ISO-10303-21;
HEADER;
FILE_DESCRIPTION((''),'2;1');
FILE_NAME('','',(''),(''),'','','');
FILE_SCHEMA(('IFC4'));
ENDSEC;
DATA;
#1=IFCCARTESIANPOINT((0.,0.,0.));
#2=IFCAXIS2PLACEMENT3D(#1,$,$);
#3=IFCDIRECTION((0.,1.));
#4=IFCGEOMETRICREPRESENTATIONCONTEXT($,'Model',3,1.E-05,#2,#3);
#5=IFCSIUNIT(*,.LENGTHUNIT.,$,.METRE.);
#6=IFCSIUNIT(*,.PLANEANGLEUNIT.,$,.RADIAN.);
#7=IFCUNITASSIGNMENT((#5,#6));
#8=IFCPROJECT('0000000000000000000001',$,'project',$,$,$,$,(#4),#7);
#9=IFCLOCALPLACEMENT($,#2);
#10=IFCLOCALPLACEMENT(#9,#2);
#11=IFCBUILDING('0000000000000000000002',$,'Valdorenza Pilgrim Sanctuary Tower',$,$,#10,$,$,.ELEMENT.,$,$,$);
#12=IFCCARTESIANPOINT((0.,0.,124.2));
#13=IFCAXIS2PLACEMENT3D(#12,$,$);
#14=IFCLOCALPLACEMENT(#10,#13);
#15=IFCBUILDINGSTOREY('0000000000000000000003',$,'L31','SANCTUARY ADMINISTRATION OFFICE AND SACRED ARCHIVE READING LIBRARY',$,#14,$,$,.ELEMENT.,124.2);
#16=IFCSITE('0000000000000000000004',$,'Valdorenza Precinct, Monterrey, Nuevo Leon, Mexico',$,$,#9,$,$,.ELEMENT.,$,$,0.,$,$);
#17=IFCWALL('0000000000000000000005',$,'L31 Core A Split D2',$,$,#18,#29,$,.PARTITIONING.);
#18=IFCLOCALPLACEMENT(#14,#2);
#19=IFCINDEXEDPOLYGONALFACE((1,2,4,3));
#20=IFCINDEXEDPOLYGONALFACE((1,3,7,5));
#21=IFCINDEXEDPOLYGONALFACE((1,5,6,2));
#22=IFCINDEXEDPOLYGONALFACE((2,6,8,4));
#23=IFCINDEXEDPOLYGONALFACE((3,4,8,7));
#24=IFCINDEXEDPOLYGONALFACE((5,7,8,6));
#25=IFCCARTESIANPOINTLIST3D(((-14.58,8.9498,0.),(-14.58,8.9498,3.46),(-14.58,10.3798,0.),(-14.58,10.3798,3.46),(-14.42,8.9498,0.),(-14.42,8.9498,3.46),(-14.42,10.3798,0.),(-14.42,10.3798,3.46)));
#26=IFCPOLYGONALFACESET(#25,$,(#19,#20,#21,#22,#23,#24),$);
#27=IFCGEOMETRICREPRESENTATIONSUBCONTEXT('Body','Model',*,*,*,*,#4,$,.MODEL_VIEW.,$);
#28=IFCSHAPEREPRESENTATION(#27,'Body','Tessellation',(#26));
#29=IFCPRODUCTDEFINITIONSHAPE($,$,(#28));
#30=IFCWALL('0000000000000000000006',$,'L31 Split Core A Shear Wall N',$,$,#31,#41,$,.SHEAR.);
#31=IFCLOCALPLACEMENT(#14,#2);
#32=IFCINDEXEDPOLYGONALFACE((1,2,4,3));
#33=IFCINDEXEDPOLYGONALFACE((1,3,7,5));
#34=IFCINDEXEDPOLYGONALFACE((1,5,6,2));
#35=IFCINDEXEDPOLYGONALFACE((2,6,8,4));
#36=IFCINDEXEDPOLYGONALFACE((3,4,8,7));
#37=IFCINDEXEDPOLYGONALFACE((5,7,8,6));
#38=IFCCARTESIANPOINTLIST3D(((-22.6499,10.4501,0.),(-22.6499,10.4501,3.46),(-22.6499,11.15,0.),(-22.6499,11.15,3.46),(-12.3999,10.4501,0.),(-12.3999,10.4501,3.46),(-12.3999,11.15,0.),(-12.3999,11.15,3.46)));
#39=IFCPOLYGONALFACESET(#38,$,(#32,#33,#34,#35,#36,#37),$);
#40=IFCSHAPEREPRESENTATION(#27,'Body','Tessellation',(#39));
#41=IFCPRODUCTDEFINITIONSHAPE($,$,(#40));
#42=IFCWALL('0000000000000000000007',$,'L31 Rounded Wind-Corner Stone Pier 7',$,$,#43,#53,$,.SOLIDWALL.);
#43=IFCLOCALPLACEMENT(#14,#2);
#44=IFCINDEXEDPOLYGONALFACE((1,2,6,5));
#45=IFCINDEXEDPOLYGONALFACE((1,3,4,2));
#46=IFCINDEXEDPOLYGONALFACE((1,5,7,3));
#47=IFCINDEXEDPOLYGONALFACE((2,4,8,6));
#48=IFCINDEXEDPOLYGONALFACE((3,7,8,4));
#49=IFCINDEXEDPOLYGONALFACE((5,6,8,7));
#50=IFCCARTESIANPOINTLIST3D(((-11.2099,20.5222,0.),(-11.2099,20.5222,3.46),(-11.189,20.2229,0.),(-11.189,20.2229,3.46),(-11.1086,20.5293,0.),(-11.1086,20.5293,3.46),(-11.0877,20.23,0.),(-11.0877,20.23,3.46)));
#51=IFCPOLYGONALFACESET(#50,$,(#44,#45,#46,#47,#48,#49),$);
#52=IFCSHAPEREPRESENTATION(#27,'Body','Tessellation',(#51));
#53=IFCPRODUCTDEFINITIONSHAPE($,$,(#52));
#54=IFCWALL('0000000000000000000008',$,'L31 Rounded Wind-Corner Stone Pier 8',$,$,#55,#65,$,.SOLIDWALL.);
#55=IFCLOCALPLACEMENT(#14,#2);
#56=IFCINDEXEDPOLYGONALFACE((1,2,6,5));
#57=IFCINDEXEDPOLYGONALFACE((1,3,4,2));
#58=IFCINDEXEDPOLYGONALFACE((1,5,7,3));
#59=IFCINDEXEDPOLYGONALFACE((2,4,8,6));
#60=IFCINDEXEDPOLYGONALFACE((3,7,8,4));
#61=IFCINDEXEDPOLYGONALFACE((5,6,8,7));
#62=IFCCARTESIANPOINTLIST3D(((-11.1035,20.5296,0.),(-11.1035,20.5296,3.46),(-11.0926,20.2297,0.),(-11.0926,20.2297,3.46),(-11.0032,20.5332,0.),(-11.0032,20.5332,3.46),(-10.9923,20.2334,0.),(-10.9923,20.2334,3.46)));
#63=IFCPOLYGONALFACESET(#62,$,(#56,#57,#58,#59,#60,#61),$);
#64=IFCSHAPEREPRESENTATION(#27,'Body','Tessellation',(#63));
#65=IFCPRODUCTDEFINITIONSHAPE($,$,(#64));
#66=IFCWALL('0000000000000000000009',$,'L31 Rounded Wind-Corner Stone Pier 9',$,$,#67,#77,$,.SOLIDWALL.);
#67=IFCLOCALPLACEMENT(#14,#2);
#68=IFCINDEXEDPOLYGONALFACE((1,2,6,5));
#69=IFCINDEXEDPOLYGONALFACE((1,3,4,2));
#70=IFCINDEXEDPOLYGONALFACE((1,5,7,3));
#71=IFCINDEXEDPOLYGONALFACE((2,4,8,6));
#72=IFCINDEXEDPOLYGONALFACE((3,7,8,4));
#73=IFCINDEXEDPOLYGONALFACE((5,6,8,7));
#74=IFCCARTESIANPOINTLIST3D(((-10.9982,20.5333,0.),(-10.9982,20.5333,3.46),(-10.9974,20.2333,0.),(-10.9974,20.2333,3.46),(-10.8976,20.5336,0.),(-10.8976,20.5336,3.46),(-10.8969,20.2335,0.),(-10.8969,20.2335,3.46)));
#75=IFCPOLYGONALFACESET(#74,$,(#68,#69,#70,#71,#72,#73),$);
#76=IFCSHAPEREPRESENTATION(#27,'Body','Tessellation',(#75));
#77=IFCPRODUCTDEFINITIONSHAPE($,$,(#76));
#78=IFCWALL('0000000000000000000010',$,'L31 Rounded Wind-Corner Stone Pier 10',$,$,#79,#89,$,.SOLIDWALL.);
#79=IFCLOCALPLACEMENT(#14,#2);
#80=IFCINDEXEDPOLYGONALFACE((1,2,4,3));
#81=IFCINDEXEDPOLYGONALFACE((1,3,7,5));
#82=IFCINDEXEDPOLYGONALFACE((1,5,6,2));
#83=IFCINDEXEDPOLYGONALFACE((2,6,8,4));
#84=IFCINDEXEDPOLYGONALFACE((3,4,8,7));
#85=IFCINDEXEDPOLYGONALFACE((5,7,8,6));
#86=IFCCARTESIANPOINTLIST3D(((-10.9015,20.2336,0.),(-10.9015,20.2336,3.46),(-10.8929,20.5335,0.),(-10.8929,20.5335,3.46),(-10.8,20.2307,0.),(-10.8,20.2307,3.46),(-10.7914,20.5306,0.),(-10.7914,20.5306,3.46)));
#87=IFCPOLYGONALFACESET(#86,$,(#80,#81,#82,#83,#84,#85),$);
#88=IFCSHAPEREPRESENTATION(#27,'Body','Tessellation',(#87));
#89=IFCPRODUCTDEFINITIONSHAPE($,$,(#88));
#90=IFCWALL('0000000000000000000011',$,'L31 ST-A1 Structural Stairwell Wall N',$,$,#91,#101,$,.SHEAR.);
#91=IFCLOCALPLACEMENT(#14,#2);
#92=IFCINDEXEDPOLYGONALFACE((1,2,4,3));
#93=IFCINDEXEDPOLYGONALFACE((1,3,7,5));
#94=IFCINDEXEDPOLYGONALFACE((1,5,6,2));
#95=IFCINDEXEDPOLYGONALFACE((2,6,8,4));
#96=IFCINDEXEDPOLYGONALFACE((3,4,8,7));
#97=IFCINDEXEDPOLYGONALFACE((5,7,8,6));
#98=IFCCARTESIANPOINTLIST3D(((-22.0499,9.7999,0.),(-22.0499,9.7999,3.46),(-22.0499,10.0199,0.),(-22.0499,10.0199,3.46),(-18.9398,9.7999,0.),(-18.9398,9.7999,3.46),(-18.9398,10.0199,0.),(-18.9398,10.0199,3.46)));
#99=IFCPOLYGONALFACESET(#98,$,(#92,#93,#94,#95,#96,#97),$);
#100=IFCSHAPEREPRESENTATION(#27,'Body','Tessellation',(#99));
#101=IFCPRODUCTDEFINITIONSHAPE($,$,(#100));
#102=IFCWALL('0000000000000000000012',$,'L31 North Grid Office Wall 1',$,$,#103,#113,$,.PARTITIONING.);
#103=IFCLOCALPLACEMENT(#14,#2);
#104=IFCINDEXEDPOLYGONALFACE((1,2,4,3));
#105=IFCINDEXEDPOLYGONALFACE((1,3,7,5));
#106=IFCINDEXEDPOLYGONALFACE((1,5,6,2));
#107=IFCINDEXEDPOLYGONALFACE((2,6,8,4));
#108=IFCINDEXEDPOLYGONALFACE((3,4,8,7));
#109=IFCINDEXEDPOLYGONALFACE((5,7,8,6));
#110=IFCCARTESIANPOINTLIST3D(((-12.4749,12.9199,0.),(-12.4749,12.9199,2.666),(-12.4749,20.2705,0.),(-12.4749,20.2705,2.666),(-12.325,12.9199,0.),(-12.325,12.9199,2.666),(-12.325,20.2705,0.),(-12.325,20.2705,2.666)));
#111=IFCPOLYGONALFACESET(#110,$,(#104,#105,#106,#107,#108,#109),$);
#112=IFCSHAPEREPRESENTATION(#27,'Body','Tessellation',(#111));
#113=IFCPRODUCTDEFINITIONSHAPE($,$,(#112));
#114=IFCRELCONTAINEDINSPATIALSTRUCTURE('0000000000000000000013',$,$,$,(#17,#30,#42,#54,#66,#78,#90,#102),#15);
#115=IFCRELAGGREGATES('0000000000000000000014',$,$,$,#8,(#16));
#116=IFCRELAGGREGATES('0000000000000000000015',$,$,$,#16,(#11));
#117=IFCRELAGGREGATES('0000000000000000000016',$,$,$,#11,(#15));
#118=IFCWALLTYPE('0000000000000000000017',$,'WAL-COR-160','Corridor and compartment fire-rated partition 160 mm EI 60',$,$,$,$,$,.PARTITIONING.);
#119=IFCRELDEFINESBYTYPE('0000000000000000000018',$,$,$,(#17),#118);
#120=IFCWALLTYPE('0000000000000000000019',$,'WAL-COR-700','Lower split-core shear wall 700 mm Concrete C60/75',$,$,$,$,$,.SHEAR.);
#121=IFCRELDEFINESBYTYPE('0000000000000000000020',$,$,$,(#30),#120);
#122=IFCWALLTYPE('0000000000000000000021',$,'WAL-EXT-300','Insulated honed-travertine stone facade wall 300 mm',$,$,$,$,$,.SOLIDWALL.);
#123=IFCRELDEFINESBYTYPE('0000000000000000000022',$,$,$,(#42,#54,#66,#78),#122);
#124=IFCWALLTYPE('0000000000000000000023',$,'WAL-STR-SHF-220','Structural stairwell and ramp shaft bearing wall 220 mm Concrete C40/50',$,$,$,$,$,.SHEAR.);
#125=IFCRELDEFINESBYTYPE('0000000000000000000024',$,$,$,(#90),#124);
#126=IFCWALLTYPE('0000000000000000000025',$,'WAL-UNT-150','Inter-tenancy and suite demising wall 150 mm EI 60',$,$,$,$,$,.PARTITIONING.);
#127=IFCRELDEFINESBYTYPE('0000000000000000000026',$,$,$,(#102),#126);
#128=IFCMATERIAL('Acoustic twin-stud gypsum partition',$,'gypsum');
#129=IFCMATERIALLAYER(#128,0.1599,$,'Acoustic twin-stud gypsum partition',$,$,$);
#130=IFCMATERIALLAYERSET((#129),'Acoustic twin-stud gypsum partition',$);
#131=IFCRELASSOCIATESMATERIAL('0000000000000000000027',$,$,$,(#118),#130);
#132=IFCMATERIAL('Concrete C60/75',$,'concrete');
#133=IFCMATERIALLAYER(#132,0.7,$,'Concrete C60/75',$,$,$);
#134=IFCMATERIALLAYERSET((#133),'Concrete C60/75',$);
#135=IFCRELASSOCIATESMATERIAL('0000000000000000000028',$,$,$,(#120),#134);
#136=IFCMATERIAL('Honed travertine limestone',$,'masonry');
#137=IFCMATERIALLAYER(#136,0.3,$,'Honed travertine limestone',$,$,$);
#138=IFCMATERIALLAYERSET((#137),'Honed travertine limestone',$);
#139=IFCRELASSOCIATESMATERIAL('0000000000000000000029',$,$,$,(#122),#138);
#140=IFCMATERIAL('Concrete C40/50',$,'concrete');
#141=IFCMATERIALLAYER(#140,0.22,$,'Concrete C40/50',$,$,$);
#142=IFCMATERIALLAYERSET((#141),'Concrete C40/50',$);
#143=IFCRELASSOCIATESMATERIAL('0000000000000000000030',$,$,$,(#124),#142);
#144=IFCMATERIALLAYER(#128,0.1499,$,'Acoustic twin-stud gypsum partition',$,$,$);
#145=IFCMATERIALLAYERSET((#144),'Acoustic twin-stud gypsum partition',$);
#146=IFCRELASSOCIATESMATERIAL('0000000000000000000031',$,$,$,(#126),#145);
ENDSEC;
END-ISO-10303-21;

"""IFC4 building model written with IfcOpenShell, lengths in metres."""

from ifc_helpers import new_model, si_unit, direction, frame, frame_2d, origin, place, context, subcontext, project, spatial, rectangle, extrude, material, layer, layer_set, type_object, element, save


model = new_model("IFC4")

# Units and contexts
model_context = context("Model", 3, precision=1e-05, world=origin(), true_north=direction((0.0, 1.0)))
body_context = subcontext(model_context, "Body", "Model", "MODEL_VIEW")
ifc_project = project(units=[si_unit("LENGTHUNIT", "METRE"), si_unit("PLANEANGLEUNIT", "RADIAN")], contexts=[model_context])

# Site, building, storey
site_placement = place(None, origin())
site = spatial("IfcSite", under=ifc_project, at=site_placement, Name="Valdorenza Precinct, Monterrey, Nuevo Leon, Mexico", CompositionType="ELEMENT", RefElevation=0.0)
building_placement = place(site_placement, origin())
building = spatial("IfcBuilding", under=site, at=building_placement, Name="Valdorenza Pilgrim Sanctuary Tower", CompositionType="ELEMENT")
storey_placement = place(building_placement, frame((0.0, 0.0, 124.2)))
storey = spatial("IfcBuildingStorey", under=building, at=storey_placement, Name="L31", Description="SANCTUARY ADMINISTRATION OFFICE AND SACRED ARCHIVE READING LIBRARY", CompositionType="ELEMENT", Elevation=124.2)

# Shared definitions
ifc_material_1 = material(Name="Concrete C60/75", Category="concrete")

# Shared definitions
ifc_material_2 = material(Name="Honed travertine limestone", Category="masonry")

# Walls
ifc_material_3 = material(Name="Acoustic twin-stud gypsum partition", Category="gypsum")
ifc_layer_1 = layer(ifc_material_3, 0.1599, Name="Acoustic twin-stud gypsum partition")
ifc_layer_set_1 = layer_set([ifc_layer_1], Name="Acoustic twin-stud gypsum partition")
wall_type_1 = type_object("IfcWallType", Name="WAL-COR-160", Description="Corridor and compartment fire-rated partition 160 mm EI 60", PredefinedType="PARTITIONING", material=ifc_layer_set_1)
for number, where, z_axis, x_axis, name in (
    (1, (-14.5, 8.95, 0.0), (0.0, 0.0, 1.0), (0.0, 1.0, 0.0), "L31 Core A Split D2"),
):
    element("IfcWall", number, at=place(storey_placement, frame(where, z_axis=z_axis, x_axis=x_axis)), inside=storey, type_object=wall_type_1, Name=name, PredefinedType="PARTITIONING", context=body_context, shape_type="SweptSolid", body=[
        extrude(rectangle(XDim=1.4299, YDim=0.1599, at=frame_2d((0.7148, 0.0))), origin(), (0.0, 0.0, 1.0), 3.46),
    ])
ifc_layer_2 = layer(ifc_material_1, 0.7, Name="Concrete C60/75")
ifc_layer_set_2 = layer_set([ifc_layer_2], Name="Concrete C60/75")
wall_type_2 = type_object("IfcWallType", Name="WAL-COR-700", Description="Lower split-core shear wall 700 mm Concrete C60/75", PredefinedType="SHEAR", material=ifc_layer_set_2)
wall_1_placement = place(storey_placement, frame((-22.6499, 10.8, 0.0), z_axis=(0.0, 0.0, 1.0), x_axis=(1.0, 0.0, 0.0)))
element("IfcWall", 2, at=wall_1_placement, inside=storey, type_object=wall_type_2, Name="L31 Split Core A Shear Wall N", PredefinedType="SHEAR", context=body_context, shape_type="SweptSolid", body=[
    extrude(rectangle(XDim=10.25, YDim=0.7, at=frame_2d((5.125, 0.0))), origin(), (0.0, 0.0, 1.0), 3.46),
])
ifc_layer_3 = layer(ifc_material_2, 0.3, Name="Honed travertine limestone")
ifc_layer_set_3 = layer_set([ifc_layer_3], Name="Honed travertine limestone")
wall_type_3 = type_object("IfcWallType", Name="WAL-EXT-300", Description="Insulated honed-travertine stone facade wall 300 mm", PredefinedType="SOLIDWALL", material=ifc_layer_set_3)
wall_2_placement = place(storey_placement, frame((-11.1995, 20.3726, 0.0), z_axis=(0.0, 0.0, 1.0), x_axis=(0.997567, 0.06971, 0.0)))
element("IfcWall", 3, at=wall_2_placement, inside=storey, type_object=wall_type_3, Name="L31 Rounded Wind-Corner Stone Pier 7", PredefinedType="SOLIDWALL", context=body_context, shape_type="SweptSolid", body=[
    extrude(rectangle(XDim=0.1016, YDim=0.3, at=frame_2d((0.0508, 0.0))), origin(), (0.0, 0.0, 1.0), 3.46),
])
wall_3_placement = place(storey_placement, frame((-11.0981, 20.3796, 0.0), z_axis=(0.0, 0.0, 1.0), x_axis=(0.999335, 0.036472, 0.0)))
element("IfcWall", 4, at=wall_3_placement, inside=storey, type_object=wall_type_3, Name="L31 Rounded Wind-Corner Stone Pier 8", PredefinedType="SOLIDWALL", context=body_context, shape_type="SweptSolid", body=[
    extrude(rectangle(XDim=0.1003, YDim=0.3, at=frame_2d((0.0503, 0.0))), origin(), (0.0, 0.0, 1.0), 3.46),
])
wall_4_placement = place(storey_placement, frame((-10.9978, 20.3833, 0.0), z_axis=(0.0, 0.0, 1.0), x_axis=(0.999997, 0.002427, 0.0)))
element("IfcWall", 5, at=wall_4_placement, inside=storey, type_object=wall_type_3, Name="L31 Rounded Wind-Corner Stone Pier 9", PredefinedType="SOLIDWALL", context=body_context, shape_type="SweptSolid", body=[
    extrude(rectangle(XDim=0.1006, YDim=0.3, at=frame_2d((0.0503, 0.0))), origin(), (0.0, 0.0, 1.0), 3.46),
])
wall_5_placement = place(storey_placement, frame((-10.8972, 20.3835, 0.0), z_axis=(0.0, 0.0, 1.0), x_axis=(0.999584, -0.028834, 0.0)))
element("IfcWall", 6, at=wall_5_placement, inside=storey, type_object=wall_type_3, Name="L31 Rounded Wind-Corner Stone Pier 10", PredefinedType="SOLIDWALL", context=body_context, shape_type="SweptSolid", body=[
    extrude(rectangle(XDim=0.1016, YDim=0.3, at=frame_2d((0.0508, 0.0))), origin(), (0.0, 0.0, 1.0), 3.46),
])
ifc_material_4 = material(Name="Concrete C40/50", Category="concrete")
ifc_layer_4 = layer(ifc_material_4, 0.22, Name="Concrete C40/50")
ifc_layer_set_4 = layer_set([ifc_layer_4], Name="Concrete C40/50")
wall_type_4 = type_object("IfcWallType", Name="WAL-STR-SHF-220", Description="Structural stairwell and ramp shaft bearing wall 220 mm Concrete C40/50", PredefinedType="SHEAR", material=ifc_layer_set_4)
wall_6_placement = place(storey_placement, frame((-22.05, 9.9099, 0.0), z_axis=(0.0, 0.0, 1.0), x_axis=(1.0, 0.0, 0.0)))
element("IfcWall", 7, at=wall_6_placement, inside=storey, type_object=wall_type_4, Name="L31 ST-A1 Structural Stairwell Wall N", PredefinedType="SHEAR", context=body_context, shape_type="SweptSolid", body=[
    extrude(rectangle(XDim=3.1101, YDim=0.22, at=frame_2d((1.5552, 0.0))), origin(), (0.0, 0.0, 1.0), 3.46),
])
ifc_layer_5 = layer(ifc_material_3, 0.1499, Name="Acoustic twin-stud gypsum partition")
ifc_layer_set_5 = layer_set([ifc_layer_5], Name="Acoustic twin-stud gypsum partition")
wall_type_5 = type_object("IfcWallType", Name="WAL-UNT-150", Description="Inter-tenancy and suite demising wall 150 mm EI 60", PredefinedType="PARTITIONING", material=ifc_layer_set_5)
wall_7_placement = place(storey_placement, frame((-12.3999, 12.9199, 0.0), z_axis=(0.0, 0.0, 1.0), x_axis=(0.0, 1.0, 0.0)))
element("IfcWall", 8, at=wall_7_placement, inside=storey, type_object=wall_type_5, Name="L31 North Grid Office Wall 1", PredefinedType="PARTITIONING", context=body_context, shape_type="SweptSolid", body=[
    extrude(rectangle(XDim=7.3506, YDim=0.1499, at=frame_2d((3.6753, 0.0))), origin(), (0.0, 0.0, 1.0), 2.666),
])

save(model, "model.ifc")
